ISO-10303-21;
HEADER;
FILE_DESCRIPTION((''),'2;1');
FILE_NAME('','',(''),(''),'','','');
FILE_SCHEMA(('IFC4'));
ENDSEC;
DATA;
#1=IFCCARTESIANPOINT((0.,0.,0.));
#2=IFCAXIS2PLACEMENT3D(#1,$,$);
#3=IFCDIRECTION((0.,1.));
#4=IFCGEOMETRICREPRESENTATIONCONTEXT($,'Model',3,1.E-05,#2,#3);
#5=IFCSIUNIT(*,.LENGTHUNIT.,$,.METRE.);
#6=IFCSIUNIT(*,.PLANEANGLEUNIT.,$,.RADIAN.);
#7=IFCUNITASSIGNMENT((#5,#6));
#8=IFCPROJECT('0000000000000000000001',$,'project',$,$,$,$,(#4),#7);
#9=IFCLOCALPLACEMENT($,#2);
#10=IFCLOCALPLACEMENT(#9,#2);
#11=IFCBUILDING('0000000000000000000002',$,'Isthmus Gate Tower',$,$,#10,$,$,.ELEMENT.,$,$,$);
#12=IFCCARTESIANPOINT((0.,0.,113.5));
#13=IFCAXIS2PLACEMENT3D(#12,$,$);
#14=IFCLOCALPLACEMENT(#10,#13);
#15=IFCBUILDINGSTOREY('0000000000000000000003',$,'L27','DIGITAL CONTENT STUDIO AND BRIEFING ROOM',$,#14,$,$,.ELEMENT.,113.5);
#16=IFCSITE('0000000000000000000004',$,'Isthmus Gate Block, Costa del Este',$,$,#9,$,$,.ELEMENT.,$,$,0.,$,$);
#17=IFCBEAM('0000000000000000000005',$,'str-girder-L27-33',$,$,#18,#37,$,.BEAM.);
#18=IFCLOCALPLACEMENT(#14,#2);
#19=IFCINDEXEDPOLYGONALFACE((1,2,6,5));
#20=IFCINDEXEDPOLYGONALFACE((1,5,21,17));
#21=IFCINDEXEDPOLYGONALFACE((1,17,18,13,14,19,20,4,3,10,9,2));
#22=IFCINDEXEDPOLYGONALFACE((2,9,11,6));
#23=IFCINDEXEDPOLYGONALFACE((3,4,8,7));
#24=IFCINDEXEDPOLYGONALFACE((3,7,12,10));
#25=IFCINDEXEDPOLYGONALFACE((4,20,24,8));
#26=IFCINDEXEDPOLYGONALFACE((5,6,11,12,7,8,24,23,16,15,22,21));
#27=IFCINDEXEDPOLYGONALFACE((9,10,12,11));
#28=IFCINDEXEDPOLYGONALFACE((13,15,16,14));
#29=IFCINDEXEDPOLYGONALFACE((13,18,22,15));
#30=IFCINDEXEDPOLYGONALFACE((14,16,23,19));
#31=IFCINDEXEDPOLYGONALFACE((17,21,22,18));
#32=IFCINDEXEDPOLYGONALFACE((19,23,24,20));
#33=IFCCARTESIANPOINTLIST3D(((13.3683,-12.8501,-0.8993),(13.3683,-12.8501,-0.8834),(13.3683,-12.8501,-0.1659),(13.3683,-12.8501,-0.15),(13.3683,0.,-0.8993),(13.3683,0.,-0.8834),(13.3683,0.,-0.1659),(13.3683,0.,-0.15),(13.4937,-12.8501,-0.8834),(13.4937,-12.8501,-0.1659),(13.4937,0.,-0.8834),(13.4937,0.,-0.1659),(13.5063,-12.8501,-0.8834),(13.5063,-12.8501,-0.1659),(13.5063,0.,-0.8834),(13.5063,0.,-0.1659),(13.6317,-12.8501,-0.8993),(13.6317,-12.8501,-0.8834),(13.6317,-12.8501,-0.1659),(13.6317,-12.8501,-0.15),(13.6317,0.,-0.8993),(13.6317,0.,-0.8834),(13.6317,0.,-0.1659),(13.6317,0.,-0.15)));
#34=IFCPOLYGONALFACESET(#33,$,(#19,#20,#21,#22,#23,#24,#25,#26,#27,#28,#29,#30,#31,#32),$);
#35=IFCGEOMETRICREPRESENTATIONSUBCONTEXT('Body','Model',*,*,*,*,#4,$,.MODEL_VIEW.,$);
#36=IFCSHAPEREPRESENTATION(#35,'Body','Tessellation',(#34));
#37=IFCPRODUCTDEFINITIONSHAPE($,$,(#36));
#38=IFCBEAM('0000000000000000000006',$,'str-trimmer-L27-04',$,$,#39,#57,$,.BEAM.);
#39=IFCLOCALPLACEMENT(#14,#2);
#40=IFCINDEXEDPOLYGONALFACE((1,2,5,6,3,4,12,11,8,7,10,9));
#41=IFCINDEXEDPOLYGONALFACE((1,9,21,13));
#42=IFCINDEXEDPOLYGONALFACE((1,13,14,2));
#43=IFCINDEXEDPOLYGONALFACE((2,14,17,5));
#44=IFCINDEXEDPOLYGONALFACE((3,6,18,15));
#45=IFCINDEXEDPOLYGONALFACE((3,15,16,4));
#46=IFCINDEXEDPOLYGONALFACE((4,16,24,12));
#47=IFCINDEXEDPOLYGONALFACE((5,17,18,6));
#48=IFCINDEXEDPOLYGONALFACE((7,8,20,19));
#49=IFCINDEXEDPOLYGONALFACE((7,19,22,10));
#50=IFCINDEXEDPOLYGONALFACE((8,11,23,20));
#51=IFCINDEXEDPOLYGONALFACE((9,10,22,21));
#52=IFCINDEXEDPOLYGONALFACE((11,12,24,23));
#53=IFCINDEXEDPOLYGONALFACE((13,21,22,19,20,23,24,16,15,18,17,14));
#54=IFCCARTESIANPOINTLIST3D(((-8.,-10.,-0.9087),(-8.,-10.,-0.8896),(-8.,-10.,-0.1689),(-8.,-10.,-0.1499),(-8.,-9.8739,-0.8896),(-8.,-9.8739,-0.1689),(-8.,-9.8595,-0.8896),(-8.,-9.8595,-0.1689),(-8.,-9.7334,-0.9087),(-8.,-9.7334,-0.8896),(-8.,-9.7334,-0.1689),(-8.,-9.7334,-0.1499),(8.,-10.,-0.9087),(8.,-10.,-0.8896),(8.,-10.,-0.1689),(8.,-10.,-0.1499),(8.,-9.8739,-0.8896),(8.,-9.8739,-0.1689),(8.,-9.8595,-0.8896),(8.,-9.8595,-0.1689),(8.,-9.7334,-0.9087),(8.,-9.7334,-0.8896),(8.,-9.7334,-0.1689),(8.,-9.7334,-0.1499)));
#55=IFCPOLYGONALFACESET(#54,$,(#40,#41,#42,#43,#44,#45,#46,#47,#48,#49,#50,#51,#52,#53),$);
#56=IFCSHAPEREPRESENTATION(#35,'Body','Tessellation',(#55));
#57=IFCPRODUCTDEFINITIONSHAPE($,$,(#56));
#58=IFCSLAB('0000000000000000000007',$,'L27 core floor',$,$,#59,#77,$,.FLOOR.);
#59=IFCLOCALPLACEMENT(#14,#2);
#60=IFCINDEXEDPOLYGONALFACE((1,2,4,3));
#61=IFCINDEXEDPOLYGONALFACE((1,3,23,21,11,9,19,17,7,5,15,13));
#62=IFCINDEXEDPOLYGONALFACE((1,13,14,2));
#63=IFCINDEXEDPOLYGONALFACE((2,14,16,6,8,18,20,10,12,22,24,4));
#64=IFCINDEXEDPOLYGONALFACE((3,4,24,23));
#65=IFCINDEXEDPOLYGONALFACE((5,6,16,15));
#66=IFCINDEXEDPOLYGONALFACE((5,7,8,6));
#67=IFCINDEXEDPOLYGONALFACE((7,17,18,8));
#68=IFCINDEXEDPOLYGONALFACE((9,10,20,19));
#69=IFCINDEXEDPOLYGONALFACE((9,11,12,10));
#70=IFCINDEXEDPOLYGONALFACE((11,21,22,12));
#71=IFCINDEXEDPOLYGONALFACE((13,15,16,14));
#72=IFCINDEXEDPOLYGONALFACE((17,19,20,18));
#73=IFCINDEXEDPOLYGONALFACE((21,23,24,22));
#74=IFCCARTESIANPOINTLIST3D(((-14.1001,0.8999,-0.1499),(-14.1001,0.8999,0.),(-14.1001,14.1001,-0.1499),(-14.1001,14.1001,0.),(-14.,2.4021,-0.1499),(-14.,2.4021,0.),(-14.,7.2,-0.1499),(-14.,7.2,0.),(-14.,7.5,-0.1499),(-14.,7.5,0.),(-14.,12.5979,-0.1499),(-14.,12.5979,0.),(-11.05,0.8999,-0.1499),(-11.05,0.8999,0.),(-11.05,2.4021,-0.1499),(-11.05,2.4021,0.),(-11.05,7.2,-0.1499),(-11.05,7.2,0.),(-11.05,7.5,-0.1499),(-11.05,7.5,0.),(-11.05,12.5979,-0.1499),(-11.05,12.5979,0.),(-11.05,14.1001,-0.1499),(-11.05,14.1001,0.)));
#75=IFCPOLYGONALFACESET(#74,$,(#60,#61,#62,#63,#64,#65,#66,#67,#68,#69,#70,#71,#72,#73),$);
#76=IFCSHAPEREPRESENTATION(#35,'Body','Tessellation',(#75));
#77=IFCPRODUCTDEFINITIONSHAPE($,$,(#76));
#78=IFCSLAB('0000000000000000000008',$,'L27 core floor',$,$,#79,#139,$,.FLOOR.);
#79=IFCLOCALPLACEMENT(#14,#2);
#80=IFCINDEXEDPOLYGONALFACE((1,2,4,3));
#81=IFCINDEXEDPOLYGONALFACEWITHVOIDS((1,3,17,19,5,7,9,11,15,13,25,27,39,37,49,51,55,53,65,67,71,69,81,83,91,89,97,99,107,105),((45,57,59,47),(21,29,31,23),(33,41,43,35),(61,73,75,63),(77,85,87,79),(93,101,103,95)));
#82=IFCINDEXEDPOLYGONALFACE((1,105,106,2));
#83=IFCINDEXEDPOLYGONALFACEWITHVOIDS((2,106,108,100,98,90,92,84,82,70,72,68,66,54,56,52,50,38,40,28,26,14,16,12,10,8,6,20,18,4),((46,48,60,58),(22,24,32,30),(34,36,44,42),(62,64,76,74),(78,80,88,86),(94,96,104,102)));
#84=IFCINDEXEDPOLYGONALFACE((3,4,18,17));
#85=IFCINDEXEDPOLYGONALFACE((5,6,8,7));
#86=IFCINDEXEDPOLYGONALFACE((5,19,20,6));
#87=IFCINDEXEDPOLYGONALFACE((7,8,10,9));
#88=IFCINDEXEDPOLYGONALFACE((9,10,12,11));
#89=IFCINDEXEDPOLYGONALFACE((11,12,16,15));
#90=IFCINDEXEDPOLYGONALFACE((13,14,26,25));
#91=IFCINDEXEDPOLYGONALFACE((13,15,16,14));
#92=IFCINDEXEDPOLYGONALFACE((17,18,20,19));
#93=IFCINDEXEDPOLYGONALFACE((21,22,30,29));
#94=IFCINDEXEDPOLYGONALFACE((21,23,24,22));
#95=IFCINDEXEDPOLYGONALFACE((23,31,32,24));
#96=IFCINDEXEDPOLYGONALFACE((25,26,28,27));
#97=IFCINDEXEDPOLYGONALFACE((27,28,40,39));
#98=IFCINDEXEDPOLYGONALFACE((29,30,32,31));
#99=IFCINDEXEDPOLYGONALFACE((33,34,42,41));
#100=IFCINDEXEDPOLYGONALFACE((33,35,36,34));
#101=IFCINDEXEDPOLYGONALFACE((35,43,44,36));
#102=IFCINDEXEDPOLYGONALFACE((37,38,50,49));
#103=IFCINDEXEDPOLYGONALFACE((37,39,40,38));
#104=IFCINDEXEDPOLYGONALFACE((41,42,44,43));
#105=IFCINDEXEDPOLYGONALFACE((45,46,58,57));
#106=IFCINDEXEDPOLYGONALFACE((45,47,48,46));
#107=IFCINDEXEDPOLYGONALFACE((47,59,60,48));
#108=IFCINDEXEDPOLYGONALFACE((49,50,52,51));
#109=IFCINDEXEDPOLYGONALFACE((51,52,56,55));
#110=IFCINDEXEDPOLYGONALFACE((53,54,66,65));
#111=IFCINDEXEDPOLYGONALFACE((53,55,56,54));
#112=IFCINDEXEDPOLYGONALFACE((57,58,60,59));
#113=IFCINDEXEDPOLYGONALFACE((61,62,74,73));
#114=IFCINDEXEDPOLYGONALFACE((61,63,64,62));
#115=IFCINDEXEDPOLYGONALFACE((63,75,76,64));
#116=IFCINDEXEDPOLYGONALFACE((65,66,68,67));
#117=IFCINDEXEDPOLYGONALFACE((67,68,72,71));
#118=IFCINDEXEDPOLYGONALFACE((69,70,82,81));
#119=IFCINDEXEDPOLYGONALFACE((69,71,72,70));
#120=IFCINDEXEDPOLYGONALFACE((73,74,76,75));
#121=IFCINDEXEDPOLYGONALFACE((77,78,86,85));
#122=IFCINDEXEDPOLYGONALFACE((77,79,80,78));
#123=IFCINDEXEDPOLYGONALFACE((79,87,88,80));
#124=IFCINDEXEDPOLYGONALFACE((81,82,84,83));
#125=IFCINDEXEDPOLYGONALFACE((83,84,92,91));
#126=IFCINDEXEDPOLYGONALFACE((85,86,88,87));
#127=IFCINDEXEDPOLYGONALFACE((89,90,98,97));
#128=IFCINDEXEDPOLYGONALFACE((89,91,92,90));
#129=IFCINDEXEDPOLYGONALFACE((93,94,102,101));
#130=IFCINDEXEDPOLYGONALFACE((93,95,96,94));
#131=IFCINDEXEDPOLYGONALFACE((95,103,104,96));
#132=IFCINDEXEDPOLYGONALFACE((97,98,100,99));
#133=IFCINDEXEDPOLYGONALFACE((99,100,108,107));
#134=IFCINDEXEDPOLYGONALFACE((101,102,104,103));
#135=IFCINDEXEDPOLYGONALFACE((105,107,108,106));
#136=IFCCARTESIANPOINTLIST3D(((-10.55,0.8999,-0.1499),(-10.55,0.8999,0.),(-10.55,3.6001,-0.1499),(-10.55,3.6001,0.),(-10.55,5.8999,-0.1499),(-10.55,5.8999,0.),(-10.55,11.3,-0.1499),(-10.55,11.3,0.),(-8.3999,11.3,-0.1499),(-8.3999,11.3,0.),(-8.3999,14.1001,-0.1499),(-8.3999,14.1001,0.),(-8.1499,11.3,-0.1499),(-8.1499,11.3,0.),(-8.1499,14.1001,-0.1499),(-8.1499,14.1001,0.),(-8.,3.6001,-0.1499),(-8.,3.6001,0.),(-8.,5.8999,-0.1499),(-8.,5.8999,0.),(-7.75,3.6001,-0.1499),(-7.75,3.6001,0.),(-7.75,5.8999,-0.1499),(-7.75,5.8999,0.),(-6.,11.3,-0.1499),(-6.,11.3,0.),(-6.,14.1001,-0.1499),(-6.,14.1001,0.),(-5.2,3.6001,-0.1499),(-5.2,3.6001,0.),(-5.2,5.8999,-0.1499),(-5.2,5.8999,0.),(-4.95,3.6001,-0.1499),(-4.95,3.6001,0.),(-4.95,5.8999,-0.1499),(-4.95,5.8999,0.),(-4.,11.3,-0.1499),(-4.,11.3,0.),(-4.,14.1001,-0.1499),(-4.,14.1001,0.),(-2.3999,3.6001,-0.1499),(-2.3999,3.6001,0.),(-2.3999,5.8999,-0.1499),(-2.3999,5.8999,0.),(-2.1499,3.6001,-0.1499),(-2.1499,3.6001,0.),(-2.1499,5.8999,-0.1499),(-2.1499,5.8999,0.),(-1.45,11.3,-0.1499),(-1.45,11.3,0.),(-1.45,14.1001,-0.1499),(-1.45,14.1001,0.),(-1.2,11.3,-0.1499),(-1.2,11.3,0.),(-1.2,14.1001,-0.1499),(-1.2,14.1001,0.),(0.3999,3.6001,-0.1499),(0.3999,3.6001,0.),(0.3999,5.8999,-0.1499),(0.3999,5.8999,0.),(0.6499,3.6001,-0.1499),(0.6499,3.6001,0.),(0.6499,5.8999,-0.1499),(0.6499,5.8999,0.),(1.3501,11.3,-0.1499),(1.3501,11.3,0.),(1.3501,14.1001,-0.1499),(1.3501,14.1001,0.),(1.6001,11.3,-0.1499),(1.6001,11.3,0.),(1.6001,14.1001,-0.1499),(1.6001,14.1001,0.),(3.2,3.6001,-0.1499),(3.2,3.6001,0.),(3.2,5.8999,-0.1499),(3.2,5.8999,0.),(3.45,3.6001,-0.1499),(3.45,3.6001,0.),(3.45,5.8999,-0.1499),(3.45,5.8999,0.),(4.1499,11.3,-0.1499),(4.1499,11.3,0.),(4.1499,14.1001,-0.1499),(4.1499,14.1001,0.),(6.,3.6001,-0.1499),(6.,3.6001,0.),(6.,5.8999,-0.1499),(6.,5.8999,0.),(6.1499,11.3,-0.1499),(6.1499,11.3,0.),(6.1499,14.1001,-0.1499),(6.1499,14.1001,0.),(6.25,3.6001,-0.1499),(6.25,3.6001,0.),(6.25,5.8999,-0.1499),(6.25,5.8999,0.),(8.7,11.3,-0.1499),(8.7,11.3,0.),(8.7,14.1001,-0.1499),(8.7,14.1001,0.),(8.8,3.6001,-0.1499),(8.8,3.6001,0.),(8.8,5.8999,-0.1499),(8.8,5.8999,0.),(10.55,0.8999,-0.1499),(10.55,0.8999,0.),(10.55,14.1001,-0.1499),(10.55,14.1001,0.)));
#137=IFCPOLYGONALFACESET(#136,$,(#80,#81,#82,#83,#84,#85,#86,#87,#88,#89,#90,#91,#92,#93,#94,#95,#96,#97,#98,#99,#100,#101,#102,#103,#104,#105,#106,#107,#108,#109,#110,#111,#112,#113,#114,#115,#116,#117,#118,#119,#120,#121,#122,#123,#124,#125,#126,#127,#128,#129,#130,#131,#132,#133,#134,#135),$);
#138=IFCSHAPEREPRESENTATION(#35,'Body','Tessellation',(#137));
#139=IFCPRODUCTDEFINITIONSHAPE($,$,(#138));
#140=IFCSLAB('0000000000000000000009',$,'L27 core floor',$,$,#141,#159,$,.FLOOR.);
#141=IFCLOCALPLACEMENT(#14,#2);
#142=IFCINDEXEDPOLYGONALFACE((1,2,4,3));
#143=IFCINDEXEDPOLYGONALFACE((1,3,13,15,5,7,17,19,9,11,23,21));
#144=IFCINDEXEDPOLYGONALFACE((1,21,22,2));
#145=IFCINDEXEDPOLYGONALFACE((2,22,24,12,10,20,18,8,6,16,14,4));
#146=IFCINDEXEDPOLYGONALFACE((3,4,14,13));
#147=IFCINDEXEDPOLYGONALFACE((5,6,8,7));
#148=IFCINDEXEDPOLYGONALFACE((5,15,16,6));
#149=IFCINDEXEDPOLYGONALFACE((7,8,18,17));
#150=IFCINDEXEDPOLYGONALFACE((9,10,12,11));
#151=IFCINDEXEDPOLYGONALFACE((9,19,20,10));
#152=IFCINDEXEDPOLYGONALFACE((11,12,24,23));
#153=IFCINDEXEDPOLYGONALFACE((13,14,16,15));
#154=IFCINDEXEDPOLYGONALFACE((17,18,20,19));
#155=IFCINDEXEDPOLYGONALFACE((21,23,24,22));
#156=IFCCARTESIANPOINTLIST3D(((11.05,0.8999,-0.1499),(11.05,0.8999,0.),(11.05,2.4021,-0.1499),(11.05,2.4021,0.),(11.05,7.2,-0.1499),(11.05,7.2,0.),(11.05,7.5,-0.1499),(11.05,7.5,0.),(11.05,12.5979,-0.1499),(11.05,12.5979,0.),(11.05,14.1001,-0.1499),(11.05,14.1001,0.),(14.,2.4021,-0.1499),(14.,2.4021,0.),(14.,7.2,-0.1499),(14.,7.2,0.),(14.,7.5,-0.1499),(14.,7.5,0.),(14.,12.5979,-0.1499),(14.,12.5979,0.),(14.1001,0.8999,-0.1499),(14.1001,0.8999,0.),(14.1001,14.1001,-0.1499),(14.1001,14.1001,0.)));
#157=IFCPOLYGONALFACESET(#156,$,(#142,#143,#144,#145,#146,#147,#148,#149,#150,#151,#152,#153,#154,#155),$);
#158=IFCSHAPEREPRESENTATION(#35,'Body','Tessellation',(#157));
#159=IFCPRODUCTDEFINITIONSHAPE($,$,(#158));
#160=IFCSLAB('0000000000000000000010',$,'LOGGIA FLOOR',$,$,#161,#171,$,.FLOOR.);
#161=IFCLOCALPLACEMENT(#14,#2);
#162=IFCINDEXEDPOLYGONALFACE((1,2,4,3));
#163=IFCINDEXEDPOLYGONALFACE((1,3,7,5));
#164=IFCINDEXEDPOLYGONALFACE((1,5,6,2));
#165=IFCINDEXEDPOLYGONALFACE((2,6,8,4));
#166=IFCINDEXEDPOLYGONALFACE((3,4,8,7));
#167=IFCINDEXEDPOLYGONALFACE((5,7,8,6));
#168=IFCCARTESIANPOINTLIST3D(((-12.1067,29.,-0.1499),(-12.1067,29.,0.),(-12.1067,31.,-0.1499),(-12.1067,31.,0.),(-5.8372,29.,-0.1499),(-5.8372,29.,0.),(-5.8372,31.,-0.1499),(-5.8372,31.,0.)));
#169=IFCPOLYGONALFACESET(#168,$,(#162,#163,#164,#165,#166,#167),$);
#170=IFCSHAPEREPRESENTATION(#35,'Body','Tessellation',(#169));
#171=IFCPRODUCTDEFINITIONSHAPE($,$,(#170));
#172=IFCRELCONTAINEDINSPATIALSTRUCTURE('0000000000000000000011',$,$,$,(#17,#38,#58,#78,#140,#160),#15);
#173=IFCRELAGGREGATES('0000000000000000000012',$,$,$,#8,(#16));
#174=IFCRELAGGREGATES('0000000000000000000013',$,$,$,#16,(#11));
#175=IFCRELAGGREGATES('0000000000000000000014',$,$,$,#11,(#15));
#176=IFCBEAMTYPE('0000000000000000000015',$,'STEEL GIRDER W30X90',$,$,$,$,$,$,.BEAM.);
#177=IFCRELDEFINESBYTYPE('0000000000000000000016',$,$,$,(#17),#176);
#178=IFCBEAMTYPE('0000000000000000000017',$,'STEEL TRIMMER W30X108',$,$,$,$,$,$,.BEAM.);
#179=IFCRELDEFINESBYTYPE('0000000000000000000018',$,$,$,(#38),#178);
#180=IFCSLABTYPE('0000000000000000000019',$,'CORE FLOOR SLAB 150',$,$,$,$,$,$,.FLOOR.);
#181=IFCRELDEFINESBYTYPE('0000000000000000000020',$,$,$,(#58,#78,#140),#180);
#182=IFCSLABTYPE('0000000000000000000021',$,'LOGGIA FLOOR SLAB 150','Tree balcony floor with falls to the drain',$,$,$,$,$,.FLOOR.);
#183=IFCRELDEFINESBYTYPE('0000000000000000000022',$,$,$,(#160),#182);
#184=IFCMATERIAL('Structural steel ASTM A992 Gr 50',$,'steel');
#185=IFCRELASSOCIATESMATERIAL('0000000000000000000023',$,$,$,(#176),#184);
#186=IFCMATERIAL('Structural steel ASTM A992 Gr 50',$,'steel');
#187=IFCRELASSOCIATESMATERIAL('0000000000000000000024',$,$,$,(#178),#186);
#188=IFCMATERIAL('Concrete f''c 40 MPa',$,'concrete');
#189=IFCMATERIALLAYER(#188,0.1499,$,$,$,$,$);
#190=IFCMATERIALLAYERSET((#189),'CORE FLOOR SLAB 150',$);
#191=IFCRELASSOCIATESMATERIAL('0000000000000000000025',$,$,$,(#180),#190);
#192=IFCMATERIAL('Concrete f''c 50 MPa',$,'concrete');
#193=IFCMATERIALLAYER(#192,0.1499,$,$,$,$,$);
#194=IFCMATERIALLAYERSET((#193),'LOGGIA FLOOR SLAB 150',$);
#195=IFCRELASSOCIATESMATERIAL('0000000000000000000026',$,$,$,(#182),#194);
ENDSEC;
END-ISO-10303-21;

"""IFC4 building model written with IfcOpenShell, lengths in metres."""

from ifc_helpers import new_model, si_unit, direction, frame, origin, origin_2d, place, context, subcontext, project, spatial, polyline, i_section, outline, extrude, material, layer, layer_set, material_profile, profile_set, type_object, element, save


model = new_model("IFC4")

# Units and contexts
model_context = context("Model", 3, precision=1e-05, world=origin(), true_north=direction((0.0, 1.0)))
body_context = subcontext(model_context, "Body", "Model", "MODEL_VIEW")
ifc_project = project(units=[si_unit("LENGTHUNIT", "METRE"), si_unit("PLANEANGLEUNIT", "RADIAN")], contexts=[model_context])

# Site, building, storey
site_placement = place(None, origin())
site = spatial("IfcSite", under=ifc_project, at=site_placement, Name="Isthmus Gate Block, Costa del Este", CompositionType="ELEMENT", RefElevation=0.0)
building_placement = place(site_placement, origin())
building = spatial("IfcBuilding", under=site, at=building_placement, Name="Isthmus Gate Tower", CompositionType="ELEMENT")
storey_placement = place(building_placement, frame((0.0, 0.0, 113.5)))
storey = spatial("IfcBuildingStorey", under=building, at=storey_placement, Name="L27", Description="DIGITAL CONTENT STUDIO AND BRIEFING ROOM", CompositionType="ELEMENT", Elevation=113.5)

# Beams
ifc_material_1 = material(Name="Structural steel ASTM A992 Gr 50", Category="steel")
ifc_material_profile_1 = material_profile(ifc_material_1, i_section(OverallWidth=0.2634, OverallDepth=0.7493, WebThickness=0.0127, FlangeThickness=0.0159, at=origin_2d()), Name="W30X90")
ifc_profile_set_1 = profile_set([ifc_material_profile_1], Name="Structural steel ASTM A992 Gr 50")
beam_type_1 = type_object("IfcBeamType", Name="STEEL GIRDER W30X90", PredefinedType="BEAM", material=ifc_profile_set_1)
beam_1_placement = place(storey_placement, frame((13.5, -12.8501, -0.5247), z_axis=(0.0, 1.0, 0.0), x_axis=(-1.0, 0.0, 0.0)))
element("IfcBeam", 1, at=beam_1_placement, inside=storey, type_object=beam_type_1, Name="str-girder-L27-33", PredefinedType="BEAM", context=body_context, shape_type="SweptSolid", body=[
    extrude(i_section(OverallWidth=0.2634, OverallDepth=0.7493, WebThickness=0.0127, FlangeThickness=0.0159, at=origin_2d()), origin(), (0.0, 0.0, 1.0), 12.8501),
])
ifc_material_2 = material(Name="Structural steel ASTM A992 Gr 50", Category="steel")
ifc_material_profile_2 = material_profile(ifc_material_2, i_section(OverallWidth=0.2666, OverallDepth=0.7588, WebThickness=0.0144, FlangeThickness=0.019, at=origin_2d()), Name="W30X108")
ifc_profile_set_2 = profile_set([ifc_material_profile_2], Name="Structural steel ASTM A992 Gr 50")
beam_type_2 = type_object("IfcBeamType", Name="STEEL TRIMMER W30X108", PredefinedType="BEAM", material=ifc_profile_set_2)
beam_2_placement = place(storey_placement, frame((8.0, -9.8667, -0.5293), z_axis=(-1.0, 0.0, 0.0), x_axis=(0.0, -1.0, 0.0)))
element("IfcBeam", 2, at=beam_2_placement, inside=storey, type_object=beam_type_2, Name="str-trimmer-L27-04", PredefinedType="BEAM", context=body_context, shape_type="SweptSolid", body=[
    extrude(i_section(OverallWidth=0.2666, OverallDepth=0.7588, WebThickness=0.0144, FlangeThickness=0.019, at=origin_2d()), origin(), (0.0, 0.0, 1.0), 16.0),
])

# Slabs
ifc_material_3 = material(Name="Concrete f'c 40 MPa", Category="concrete")
ifc_layer_1 = layer(ifc_material_3, 0.1499)
ifc_layer_set_1 = layer_set([ifc_layer_1], Name="CORE FLOOR SLAB 150")
slab_type_1 = type_object("IfcSlabType", Name="CORE FLOOR SLAB 150", PredefinedType="FLOOR", material=ifc_layer_set_1)
slab_1_placement = place(storey_placement, frame((0.0, 0.0, -0.1499)))
element("IfcSlab", 3, at=slab_1_placement, inside=storey, type_object=slab_type_1, Name="L27 core floor", PredefinedType="FLOOR", context=body_context, shape_type="SweptSolid", body=[
    extrude(outline(polyline([(-11.05, 0.8999), (-11.05, 2.4021), (-14.0, 2.4021), (-14.0, 7.2), (-11.05, 7.2), (-11.05, 7.5), (-14.0, 7.5), (-14.0, 12.5979), (-11.05, 12.5979), (-11.05, 14.1001), (-14.1001, 14.1001), (-14.1001, 0.8999), (-11.05, 0.8999)])), origin(), (0.0, 0.0, 1.0), 0.1499),
])
slab_2_placement = place(storey_placement, frame((0.0, 0.0, -0.1499)))
element("IfcSlab", 4, at=slab_2_placement, inside=storey, type_object=slab_type_1, Name="L27 core floor", PredefinedType="FLOOR", context=body_context, shape_type="SweptSolid", body=[
    extrude(outline(polyline([(10.55, 14.1001), (8.7, 14.1001), (8.7, 11.3), (6.1499, 11.3), (6.1499, 14.1001), (4.1499, 14.1001), (4.1499, 11.3), (1.6001, 11.3), (1.6001, 14.1001), (1.3501, 14.1001), (1.3501, 11.3), (-1.2, 11.3), (-1.2, 14.1001), (-1.45, 14.1001), (-1.45, 11.3), (-4.0, 11.3), (-4.0, 14.1001), (-6.0, 14.1001), (-6.0, 11.3), (-8.1499, 11.3), (-8.1499, 14.1001), (-8.3999, 14.1001), (-8.3999, 11.3), (-10.55, 11.3), (-10.55, 5.8999), (-8.0, 5.8999), (-8.0, 3.6001), (-10.55, 3.6001), (-10.55, 0.8999), (10.55, 0.8999), (10.55, 14.1001)]), holes=[polyline([(-5.2, 5.8999), (-5.2, 3.6001), (-7.75, 3.6001), (-7.75, 5.8999), (-5.2, 5.8999)]), polyline([(-2.3999, 5.8999), (-2.3999, 3.6001), (-4.95, 3.6001), (-4.95, 5.8999), (-2.3999, 5.8999)]), polyline([(0.3999, 5.8999), (0.3999, 3.6001), (-2.1499, 3.6001), (-2.1499, 5.8999), (0.3999, 5.8999)]), polyline([(3.2, 5.8999), (3.2, 3.6001), (0.6499, 3.6001), (0.6499, 5.8999), (3.2, 5.8999)]), polyline([(6.0, 5.8999), (6.0, 3.6001), (3.45, 3.6001), (3.45, 5.8999), (6.0, 5.8999)]), polyline([(8.8, 5.8999), (8.8, 3.6001), (6.25, 3.6001), (6.25, 5.8999), (8.8, 5.8999)])]), origin(), (0.0, 0.0, 1.0), 0.1499),
])
slab_3_placement = place(storey_placement, frame((0.0, 0.0, -0.1499)))
element("IfcSlab", 5, at=slab_3_placement, inside=storey, type_object=slab_type_1, Name="L27 core floor", PredefinedType="FLOOR", context=body_context, shape_type="SweptSolid", body=[
    extrude(outline(polyline([(11.05, 14.1001), (11.05, 12.5979), (14.0, 12.5979), (14.0, 7.5), (11.05, 7.5), (11.05, 7.2), (14.0, 7.2), (14.0, 2.4021), (11.05, 2.4021), (11.05, 0.8999), (14.1001, 0.8999), (14.1001, 14.1001), (11.05, 14.1001)])), origin(), (0.0, 0.0, 1.0), 0.1499),
])
ifc_material_4 = material(Name="Concrete f'c 50 MPa", Category="concrete")
ifc_layer_2 = layer(ifc_material_4, 0.1499)
ifc_layer_set_2 = layer_set([ifc_layer_2], Name="LOGGIA FLOOR SLAB 150")
slab_type_2 = type_object("IfcSlabType", Name="LOGGIA FLOOR SLAB 150", Description="Tree balcony floor with falls to the drain", PredefinedType="FLOOR", material=ifc_layer_set_2)
slab_4_placement = place(storey_placement, frame((0.0, 0.0, -0.1499)))
element("IfcSlab", 6, at=slab_4_placement, inside=storey, type_object=slab_type_2, Name="LOGGIA FLOOR", PredefinedType="FLOOR", context=body_context, shape_type="SweptSolid", body=[
    extrude(outline(polyline([(-5.8372, 31.0), (-12.1067, 31.0), (-12.1067, 29.0), (-5.8372, 29.0), (-5.8372, 31.0)])), origin(), (0.0, 0.0, 1.0), 0.1499),
])

save(model, "model.ifc")
